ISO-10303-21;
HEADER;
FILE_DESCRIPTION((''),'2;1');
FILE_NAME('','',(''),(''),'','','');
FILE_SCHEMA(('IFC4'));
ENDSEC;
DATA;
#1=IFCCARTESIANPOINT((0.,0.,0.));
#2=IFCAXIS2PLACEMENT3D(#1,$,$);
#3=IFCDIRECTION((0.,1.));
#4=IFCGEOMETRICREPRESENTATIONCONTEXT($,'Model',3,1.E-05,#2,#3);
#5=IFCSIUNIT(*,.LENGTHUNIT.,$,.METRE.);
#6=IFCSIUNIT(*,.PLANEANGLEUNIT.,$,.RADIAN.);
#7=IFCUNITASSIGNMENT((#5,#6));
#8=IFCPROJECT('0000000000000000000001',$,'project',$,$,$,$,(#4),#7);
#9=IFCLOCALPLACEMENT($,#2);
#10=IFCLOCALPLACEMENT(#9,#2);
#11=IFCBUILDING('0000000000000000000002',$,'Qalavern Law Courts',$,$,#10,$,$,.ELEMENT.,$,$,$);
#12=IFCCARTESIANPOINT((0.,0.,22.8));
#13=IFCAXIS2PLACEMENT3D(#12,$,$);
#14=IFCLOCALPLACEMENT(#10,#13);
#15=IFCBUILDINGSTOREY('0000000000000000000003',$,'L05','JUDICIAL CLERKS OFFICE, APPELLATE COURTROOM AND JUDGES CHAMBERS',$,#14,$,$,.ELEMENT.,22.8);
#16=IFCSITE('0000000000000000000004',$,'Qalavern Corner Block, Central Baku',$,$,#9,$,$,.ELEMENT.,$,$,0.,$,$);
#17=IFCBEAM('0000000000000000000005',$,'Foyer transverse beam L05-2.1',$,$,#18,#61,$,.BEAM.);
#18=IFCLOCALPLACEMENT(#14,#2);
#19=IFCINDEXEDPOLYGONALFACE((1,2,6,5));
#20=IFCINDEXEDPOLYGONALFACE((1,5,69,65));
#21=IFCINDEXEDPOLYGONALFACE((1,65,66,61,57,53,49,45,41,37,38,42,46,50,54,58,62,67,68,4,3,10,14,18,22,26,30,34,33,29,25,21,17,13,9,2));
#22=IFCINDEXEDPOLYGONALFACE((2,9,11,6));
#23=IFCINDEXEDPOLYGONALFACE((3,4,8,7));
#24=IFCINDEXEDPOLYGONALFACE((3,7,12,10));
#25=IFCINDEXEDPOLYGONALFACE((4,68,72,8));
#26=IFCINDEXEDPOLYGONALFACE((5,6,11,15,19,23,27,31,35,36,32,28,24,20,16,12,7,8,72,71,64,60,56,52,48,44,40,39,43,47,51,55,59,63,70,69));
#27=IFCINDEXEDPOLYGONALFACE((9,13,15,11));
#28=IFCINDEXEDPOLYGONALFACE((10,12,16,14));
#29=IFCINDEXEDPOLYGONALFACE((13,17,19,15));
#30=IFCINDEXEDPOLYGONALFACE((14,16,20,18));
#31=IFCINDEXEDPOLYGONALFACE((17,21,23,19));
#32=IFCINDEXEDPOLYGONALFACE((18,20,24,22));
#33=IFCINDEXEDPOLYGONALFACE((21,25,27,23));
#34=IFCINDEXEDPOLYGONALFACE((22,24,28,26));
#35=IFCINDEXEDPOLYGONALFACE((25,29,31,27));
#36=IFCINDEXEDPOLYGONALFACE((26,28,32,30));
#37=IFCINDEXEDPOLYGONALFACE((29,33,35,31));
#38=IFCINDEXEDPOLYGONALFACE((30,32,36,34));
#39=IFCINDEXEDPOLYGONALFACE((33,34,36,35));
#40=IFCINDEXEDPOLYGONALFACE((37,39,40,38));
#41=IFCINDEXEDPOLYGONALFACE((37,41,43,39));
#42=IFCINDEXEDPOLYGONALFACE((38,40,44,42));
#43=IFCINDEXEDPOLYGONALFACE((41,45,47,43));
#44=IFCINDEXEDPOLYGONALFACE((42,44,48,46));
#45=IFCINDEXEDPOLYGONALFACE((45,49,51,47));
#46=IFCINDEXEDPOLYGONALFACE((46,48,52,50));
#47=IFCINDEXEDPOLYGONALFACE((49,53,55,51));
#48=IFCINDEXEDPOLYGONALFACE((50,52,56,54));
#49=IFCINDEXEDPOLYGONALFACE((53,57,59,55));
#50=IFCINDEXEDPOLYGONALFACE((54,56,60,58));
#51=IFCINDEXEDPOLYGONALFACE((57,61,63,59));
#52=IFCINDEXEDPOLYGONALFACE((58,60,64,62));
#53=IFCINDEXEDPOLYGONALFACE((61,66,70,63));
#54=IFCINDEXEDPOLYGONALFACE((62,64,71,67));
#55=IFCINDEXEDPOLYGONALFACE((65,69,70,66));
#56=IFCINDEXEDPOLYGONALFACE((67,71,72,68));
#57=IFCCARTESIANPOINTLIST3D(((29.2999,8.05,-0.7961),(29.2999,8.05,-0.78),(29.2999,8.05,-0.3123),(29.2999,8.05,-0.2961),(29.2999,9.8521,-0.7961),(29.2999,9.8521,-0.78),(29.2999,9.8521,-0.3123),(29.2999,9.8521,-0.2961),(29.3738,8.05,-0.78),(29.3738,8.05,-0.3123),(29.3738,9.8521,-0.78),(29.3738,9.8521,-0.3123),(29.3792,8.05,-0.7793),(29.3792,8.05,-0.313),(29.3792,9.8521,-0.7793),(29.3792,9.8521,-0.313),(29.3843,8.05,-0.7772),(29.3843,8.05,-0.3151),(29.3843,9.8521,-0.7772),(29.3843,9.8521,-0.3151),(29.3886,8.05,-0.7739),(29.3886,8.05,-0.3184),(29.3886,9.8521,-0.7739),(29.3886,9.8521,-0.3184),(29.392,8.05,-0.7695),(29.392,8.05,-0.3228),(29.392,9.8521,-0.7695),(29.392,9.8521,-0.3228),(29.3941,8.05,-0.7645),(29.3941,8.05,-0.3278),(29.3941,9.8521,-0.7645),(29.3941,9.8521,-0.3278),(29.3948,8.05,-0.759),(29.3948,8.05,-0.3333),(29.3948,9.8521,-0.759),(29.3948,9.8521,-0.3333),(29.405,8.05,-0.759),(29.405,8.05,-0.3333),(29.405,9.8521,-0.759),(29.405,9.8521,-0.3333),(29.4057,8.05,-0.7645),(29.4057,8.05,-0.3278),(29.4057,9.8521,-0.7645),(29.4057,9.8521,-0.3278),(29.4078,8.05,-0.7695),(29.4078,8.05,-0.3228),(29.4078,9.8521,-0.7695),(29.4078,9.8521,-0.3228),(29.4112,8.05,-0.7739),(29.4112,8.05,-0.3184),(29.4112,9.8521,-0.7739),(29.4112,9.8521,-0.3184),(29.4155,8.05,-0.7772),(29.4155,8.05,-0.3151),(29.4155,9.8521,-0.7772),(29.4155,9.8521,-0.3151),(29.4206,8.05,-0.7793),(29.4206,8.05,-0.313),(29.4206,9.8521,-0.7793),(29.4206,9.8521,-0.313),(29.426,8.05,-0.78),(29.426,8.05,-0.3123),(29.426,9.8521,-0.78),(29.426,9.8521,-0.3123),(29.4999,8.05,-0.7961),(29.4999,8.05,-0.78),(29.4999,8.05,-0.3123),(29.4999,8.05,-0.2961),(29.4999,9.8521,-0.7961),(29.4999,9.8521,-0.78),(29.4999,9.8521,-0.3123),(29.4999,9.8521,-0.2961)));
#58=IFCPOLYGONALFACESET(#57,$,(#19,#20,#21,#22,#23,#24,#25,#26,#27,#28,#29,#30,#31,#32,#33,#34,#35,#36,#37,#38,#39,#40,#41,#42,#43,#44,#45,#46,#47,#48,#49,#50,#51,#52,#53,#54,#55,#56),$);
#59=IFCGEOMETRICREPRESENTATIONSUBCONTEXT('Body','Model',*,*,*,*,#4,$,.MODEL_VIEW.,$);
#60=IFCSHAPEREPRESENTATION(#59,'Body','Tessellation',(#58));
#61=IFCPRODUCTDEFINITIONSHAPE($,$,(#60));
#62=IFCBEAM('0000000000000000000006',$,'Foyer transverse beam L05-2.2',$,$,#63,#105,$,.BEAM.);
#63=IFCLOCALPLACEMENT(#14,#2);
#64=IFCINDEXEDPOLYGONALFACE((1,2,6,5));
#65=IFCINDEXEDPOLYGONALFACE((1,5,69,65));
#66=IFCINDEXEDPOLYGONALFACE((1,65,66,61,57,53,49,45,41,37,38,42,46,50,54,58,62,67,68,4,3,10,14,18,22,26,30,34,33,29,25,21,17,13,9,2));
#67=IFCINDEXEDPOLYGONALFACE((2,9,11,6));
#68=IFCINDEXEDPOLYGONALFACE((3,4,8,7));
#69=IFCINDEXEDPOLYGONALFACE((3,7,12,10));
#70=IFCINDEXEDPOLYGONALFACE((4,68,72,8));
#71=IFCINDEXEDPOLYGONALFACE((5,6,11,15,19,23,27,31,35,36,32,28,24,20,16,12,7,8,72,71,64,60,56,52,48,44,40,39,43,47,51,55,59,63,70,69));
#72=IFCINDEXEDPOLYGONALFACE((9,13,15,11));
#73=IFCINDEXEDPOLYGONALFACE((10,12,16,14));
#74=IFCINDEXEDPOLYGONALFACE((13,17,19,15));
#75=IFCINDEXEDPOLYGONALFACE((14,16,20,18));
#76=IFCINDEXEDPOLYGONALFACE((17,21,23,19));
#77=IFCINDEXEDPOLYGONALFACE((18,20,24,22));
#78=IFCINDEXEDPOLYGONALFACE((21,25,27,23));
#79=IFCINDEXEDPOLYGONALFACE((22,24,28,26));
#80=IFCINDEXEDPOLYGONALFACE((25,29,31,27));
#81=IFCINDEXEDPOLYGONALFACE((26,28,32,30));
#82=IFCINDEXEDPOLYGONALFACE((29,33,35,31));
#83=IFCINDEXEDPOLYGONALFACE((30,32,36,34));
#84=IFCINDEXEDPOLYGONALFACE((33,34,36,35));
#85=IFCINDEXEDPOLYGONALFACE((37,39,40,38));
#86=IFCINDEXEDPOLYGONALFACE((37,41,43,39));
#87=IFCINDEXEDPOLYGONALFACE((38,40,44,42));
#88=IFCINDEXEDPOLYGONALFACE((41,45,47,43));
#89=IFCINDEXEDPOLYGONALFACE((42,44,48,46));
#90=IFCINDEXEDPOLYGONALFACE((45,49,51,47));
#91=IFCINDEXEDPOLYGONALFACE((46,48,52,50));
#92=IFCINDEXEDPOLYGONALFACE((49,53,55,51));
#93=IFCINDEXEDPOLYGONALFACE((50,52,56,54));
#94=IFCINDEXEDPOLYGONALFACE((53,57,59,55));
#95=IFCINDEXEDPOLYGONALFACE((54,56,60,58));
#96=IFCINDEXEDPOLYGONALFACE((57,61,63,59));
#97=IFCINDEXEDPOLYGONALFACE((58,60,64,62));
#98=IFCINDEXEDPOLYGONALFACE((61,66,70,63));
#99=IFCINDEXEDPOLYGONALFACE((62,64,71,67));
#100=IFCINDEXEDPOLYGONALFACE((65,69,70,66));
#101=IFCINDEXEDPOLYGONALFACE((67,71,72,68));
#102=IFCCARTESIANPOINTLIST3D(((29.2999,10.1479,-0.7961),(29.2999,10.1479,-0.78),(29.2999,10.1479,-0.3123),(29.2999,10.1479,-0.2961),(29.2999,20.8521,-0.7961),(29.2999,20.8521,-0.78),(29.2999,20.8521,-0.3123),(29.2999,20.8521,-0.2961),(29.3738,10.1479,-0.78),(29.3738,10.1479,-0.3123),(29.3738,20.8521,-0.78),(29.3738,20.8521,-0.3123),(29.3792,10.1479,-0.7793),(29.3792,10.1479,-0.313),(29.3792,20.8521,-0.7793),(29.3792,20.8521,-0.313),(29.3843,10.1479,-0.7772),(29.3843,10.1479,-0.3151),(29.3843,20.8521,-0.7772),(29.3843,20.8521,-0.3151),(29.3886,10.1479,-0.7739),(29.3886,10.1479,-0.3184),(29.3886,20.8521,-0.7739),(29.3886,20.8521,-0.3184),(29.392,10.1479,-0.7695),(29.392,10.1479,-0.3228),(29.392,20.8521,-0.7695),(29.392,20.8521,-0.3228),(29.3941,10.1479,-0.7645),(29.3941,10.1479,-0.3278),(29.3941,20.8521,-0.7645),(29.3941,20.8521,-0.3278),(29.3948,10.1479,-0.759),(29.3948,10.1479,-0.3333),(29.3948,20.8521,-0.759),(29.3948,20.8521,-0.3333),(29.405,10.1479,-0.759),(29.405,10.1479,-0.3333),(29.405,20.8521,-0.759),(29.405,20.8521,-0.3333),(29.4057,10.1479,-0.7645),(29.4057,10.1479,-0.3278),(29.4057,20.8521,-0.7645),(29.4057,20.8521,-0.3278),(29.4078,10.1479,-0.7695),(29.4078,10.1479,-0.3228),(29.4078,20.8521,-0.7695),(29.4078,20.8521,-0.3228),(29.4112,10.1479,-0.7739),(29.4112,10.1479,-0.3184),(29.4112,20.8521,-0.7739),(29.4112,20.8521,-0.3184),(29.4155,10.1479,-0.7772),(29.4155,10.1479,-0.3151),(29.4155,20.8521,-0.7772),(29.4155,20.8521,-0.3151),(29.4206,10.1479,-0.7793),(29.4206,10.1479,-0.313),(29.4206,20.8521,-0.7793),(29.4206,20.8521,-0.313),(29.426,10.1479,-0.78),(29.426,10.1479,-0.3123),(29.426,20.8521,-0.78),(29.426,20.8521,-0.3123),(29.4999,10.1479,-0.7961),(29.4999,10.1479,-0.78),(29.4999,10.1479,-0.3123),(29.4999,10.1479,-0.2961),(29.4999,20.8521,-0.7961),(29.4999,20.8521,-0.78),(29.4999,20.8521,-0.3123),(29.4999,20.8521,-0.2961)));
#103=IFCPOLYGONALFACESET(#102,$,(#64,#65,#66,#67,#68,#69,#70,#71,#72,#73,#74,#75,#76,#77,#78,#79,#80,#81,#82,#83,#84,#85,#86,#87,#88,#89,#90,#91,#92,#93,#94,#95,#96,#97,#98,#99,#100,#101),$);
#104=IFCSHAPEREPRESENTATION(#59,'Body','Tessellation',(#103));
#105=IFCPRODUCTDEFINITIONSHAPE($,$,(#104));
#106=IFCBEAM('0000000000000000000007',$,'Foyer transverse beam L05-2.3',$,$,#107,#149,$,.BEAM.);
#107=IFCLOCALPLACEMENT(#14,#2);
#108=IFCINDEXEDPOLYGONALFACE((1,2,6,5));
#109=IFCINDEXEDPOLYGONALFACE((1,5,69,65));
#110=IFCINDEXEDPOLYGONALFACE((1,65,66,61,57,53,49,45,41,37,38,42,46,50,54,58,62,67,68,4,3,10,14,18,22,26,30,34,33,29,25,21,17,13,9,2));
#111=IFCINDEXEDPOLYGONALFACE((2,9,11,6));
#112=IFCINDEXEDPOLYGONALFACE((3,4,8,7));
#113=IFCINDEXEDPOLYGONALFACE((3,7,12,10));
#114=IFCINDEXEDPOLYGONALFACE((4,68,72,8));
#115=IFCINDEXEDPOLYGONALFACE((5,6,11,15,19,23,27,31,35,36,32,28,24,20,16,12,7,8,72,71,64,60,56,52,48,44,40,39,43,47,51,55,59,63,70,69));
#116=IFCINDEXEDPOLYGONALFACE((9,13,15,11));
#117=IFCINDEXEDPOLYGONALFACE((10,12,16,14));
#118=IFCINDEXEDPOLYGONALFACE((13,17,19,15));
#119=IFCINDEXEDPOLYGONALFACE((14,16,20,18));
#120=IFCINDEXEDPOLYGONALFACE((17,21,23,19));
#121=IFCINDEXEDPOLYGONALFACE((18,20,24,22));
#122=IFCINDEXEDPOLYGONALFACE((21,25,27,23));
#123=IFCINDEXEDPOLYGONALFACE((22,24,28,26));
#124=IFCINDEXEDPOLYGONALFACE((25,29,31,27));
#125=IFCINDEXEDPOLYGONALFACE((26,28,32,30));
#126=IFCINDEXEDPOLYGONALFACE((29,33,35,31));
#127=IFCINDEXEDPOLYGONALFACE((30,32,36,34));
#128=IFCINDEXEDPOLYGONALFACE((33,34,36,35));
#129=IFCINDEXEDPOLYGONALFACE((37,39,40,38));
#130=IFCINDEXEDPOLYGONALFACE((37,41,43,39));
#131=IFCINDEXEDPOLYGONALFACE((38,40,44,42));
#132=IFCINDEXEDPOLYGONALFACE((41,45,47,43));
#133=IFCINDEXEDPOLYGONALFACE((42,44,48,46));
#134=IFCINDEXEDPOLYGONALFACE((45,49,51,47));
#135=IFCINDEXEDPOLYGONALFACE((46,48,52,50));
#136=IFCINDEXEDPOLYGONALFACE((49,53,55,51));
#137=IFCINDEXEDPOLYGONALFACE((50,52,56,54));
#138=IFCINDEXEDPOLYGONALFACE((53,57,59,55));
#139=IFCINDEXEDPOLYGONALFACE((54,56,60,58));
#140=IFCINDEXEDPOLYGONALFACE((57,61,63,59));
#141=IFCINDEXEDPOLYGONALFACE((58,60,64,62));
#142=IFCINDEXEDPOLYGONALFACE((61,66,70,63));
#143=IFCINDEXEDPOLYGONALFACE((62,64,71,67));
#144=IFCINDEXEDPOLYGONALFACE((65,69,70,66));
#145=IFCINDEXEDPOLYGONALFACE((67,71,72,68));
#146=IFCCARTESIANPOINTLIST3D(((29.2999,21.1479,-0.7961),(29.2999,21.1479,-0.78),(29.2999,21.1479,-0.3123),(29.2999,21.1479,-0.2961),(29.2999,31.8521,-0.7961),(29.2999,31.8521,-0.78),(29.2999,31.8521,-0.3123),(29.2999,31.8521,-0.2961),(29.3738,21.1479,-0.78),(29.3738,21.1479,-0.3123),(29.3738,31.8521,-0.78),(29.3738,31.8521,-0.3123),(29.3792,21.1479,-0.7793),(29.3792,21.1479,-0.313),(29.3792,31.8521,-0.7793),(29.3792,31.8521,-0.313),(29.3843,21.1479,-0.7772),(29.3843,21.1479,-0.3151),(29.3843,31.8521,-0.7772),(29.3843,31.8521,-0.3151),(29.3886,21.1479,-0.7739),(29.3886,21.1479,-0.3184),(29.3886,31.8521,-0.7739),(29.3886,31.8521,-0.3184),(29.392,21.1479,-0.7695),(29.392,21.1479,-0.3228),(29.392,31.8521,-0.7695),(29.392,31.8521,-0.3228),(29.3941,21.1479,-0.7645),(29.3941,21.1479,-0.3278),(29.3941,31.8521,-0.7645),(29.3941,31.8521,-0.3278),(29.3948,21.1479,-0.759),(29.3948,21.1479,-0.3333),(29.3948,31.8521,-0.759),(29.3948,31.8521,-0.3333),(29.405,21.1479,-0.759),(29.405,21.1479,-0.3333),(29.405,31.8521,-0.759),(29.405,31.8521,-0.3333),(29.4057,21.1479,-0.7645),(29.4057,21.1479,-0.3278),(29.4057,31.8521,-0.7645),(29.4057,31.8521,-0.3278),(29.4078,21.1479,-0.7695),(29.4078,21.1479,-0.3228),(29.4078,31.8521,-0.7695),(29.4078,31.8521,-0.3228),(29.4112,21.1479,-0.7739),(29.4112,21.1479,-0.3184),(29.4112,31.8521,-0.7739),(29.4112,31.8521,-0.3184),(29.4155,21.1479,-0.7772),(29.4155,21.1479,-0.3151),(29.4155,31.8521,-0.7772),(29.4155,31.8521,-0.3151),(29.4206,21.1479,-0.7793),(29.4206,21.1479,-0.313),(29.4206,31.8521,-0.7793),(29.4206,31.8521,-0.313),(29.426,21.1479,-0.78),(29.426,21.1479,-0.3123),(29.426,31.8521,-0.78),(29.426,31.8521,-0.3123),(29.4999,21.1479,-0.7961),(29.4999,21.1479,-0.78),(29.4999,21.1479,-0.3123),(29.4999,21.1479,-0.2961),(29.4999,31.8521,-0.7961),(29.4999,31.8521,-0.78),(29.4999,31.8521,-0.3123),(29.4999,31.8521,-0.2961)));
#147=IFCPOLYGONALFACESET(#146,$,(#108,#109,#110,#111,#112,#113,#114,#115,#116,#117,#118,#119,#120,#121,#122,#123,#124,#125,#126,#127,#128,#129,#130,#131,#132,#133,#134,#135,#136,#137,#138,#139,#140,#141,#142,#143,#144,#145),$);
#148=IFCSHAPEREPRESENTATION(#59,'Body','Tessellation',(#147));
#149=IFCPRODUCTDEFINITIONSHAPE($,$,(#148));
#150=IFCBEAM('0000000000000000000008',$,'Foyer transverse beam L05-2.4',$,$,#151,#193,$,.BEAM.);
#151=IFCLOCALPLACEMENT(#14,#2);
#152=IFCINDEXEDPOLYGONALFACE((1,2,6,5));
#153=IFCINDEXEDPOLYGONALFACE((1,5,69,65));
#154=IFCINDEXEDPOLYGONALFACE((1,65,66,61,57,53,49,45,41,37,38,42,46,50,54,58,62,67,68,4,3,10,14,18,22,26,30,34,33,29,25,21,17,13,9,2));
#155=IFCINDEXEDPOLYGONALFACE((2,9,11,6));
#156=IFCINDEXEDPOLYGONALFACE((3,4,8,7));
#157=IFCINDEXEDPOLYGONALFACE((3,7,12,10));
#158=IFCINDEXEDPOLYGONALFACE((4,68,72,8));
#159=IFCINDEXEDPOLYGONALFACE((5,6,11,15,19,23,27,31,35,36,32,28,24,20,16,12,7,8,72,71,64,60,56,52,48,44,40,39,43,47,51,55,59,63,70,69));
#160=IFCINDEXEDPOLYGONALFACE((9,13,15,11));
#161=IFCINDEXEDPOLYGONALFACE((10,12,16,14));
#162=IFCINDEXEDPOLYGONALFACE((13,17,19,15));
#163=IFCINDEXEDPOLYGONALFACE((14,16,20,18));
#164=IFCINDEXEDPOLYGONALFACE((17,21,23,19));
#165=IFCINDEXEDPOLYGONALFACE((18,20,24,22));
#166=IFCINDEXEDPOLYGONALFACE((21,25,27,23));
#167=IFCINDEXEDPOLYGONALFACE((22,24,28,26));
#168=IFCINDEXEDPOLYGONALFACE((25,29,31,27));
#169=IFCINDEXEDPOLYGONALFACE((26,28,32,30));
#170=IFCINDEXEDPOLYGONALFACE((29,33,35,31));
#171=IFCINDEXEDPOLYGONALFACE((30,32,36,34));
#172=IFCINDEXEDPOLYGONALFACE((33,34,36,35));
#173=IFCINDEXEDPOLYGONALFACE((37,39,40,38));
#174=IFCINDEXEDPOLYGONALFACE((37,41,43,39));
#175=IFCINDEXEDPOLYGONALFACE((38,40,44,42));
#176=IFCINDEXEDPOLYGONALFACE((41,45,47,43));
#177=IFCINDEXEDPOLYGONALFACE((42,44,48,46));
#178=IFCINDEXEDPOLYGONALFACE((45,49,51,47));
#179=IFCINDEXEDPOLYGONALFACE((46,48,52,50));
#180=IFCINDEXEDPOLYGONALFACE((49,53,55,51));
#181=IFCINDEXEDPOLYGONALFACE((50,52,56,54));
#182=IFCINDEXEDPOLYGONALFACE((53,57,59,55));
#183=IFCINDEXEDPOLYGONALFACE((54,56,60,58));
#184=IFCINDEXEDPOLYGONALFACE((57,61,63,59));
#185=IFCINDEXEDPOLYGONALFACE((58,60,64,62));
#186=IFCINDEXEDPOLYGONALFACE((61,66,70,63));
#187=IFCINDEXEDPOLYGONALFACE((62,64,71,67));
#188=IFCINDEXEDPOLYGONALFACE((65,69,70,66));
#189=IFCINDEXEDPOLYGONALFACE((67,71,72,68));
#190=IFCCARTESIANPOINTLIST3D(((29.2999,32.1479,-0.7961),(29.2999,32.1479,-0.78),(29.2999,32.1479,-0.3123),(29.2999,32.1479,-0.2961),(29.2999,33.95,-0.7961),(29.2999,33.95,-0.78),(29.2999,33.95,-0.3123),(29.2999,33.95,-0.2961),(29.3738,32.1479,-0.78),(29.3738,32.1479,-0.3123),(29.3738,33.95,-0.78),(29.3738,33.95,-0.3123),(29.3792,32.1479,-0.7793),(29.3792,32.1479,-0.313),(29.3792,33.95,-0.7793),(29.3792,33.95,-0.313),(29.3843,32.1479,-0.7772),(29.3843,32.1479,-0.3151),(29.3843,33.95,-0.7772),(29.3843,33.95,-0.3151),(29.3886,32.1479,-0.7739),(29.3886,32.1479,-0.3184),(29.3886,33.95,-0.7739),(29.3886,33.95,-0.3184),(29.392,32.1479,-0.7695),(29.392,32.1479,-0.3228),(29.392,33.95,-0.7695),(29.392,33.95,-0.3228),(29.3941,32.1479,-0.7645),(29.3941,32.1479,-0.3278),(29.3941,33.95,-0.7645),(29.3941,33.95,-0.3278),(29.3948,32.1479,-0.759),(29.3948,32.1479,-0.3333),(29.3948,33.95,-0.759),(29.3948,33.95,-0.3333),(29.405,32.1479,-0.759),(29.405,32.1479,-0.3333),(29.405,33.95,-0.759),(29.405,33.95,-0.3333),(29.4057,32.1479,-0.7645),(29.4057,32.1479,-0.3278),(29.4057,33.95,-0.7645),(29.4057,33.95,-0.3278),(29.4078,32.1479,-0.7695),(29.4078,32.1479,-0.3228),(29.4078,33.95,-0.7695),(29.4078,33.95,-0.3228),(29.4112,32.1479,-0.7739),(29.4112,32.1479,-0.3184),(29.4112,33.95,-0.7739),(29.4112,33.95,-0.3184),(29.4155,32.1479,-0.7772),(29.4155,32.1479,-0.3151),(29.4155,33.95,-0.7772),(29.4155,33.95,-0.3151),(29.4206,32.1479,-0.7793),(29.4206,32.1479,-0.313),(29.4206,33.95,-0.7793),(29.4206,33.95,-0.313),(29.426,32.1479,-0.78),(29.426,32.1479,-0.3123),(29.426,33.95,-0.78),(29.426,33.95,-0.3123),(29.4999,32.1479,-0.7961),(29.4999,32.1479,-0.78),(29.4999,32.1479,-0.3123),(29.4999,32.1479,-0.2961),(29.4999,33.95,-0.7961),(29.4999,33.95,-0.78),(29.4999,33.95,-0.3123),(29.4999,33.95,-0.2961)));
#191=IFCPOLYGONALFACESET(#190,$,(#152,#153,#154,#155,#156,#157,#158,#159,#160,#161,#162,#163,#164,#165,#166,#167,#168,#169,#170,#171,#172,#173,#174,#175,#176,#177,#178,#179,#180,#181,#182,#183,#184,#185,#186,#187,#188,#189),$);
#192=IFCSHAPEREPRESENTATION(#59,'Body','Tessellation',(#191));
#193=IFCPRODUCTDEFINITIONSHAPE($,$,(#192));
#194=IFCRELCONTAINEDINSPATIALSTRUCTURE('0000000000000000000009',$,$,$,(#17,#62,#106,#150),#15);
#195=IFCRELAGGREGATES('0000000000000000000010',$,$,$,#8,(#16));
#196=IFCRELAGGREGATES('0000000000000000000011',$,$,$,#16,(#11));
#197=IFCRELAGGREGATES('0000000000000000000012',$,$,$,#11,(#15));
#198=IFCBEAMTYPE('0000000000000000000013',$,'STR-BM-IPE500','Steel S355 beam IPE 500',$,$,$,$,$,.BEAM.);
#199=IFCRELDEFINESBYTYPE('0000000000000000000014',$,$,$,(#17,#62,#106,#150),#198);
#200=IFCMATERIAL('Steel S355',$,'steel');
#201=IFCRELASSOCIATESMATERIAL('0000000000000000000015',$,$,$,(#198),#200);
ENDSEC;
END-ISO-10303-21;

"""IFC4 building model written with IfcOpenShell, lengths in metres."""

from ifc_helpers import new_model, si_unit, direction, frame, origin, origin_2d, place, context, subcontext, project, spatial, i_section, extrude, material, material_profile, profile_set, type_object, element, save


model = new_model("IFC4")

# Units and contexts
model_context = context("Model", 3, precision=1e-05, world=origin(), true_north=direction((0.0, 1.0)))
body_context = subcontext(model_context, "Body", "Model", "MODEL_VIEW")
ifc_project = project(units=[si_unit("LENGTHUNIT", "METRE"), si_unit("PLANEANGLEUNIT", "RADIAN")], contexts=[model_context])

# Site, building, storey
site_placement = place(None, origin())
site = spatial("IfcSite", under=ifc_project, at=site_placement, Name="Qalavern Corner Block, Central Baku", CompositionType="ELEMENT", RefElevation=0.0)
building_placement = place(site_placement, origin())
building = spatial("IfcBuilding", under=site, at=building_placement, Name="Qalavern Law Courts", CompositionType="ELEMENT")
storey_placement = place(building_placement, frame((0.0, 0.0, 22.8)))
storey = spatial("IfcBuildingStorey", under=building, at=storey_placement, Name="L05", Description="JUDICIAL CLERKS OFFICE, APPELLATE COURTROOM AND JUDGES CHAMBERS", CompositionType="ELEMENT", Elevation=22.8)

# Beams
ifc_material_1 = material(Name="Steel S355", Category="steel")
ifc_material_profile_1 = material_profile(ifc_material_1, i_section(OverallWidth=0.2, OverallDepth=0.5, WebThickness=0.0103, FlangeThickness=0.0161, FilletRadius=0.021, at=origin_2d()), Name="IPE 500")
ifc_profile_set_1 = profile_set([ifc_material_profile_1], Name="Steel S355")
beam_type_1 = type_object("IfcBeamType", Name="STR-BM-IPE500", Description="Steel S355 beam IPE 500", PredefinedType="BEAM", material=ifc_profile_set_1)
beam_1_placement = place(storey_placement, frame((29.3999, 8.05, -0.5461), z_axis=(0.0, 1.0, 0.0), x_axis=(-1.0, 0.0, 0.0)))
element("IfcBeam", 1, at=beam_1_placement, inside=storey, type_object=beam_type_1, Name="Foyer transverse beam L05-2.1", PredefinedType="BEAM", context=body_context, shape_type="SweptSolid", body=[
    extrude(i_section(OverallWidth=0.2, OverallDepth=0.5, WebThickness=0.0103, FlangeThickness=0.0161, FilletRadius=0.021, at=origin_2d()), origin(), (0.0, 0.0, 1.0), 1.802),
])
for number, where, z_axis, x_axis, name in (
    (2, (29.3999, 10.1479, -0.5461), (0.0, 1.0, 0.0), (-1.0, 0.0, 0.0), "Foyer transverse beam L05-2.2"),
    (3, (29.3999, 21.1479, -0.5461), (0.0, 1.0, 0.0), (-1.0, 0.0, 0.0), "Foyer transverse beam L05-2.3"),
):
    element("IfcBeam", number, at=place(storey_placement, frame(where, z_axis=z_axis, x_axis=x_axis)), inside=storey, type_object=beam_type_1, Name=name, PredefinedType="BEAM", context=body_context, shape_type="SweptSolid", body=[
        extrude(i_section(OverallWidth=0.2, OverallDepth=0.5, WebThickness=0.0103, FlangeThickness=0.0161, FilletRadius=0.021, at=origin_2d()), origin(), (0.0, 0.0, 1.0), 10.7041),
    ])
for number, where, z_axis, x_axis, name in (
    (4, (29.3999, 32.1479, -0.5461), (0.0, 1.0, 0.0), (-1.0, 0.0, 0.0), "Foyer transverse beam L05-2.4"),
):
    element("IfcBeam", number, at=place(storey_placement, frame(where, z_axis=z_axis, x_axis=x_axis)), inside=storey, type_object=beam_type_1, Name=name, PredefinedType="BEAM", context=body_context, shape_type="SweptSolid", body=[
        extrude(i_section(OverallWidth=0.2, OverallDepth=0.5, WebThickness=0.0103, FlangeThickness=0.0161, FilletRadius=0.021, at=origin_2d()), origin(), (0.0, 0.0, 1.0), 1.802),
    ])

save(model, "model.ifc")
